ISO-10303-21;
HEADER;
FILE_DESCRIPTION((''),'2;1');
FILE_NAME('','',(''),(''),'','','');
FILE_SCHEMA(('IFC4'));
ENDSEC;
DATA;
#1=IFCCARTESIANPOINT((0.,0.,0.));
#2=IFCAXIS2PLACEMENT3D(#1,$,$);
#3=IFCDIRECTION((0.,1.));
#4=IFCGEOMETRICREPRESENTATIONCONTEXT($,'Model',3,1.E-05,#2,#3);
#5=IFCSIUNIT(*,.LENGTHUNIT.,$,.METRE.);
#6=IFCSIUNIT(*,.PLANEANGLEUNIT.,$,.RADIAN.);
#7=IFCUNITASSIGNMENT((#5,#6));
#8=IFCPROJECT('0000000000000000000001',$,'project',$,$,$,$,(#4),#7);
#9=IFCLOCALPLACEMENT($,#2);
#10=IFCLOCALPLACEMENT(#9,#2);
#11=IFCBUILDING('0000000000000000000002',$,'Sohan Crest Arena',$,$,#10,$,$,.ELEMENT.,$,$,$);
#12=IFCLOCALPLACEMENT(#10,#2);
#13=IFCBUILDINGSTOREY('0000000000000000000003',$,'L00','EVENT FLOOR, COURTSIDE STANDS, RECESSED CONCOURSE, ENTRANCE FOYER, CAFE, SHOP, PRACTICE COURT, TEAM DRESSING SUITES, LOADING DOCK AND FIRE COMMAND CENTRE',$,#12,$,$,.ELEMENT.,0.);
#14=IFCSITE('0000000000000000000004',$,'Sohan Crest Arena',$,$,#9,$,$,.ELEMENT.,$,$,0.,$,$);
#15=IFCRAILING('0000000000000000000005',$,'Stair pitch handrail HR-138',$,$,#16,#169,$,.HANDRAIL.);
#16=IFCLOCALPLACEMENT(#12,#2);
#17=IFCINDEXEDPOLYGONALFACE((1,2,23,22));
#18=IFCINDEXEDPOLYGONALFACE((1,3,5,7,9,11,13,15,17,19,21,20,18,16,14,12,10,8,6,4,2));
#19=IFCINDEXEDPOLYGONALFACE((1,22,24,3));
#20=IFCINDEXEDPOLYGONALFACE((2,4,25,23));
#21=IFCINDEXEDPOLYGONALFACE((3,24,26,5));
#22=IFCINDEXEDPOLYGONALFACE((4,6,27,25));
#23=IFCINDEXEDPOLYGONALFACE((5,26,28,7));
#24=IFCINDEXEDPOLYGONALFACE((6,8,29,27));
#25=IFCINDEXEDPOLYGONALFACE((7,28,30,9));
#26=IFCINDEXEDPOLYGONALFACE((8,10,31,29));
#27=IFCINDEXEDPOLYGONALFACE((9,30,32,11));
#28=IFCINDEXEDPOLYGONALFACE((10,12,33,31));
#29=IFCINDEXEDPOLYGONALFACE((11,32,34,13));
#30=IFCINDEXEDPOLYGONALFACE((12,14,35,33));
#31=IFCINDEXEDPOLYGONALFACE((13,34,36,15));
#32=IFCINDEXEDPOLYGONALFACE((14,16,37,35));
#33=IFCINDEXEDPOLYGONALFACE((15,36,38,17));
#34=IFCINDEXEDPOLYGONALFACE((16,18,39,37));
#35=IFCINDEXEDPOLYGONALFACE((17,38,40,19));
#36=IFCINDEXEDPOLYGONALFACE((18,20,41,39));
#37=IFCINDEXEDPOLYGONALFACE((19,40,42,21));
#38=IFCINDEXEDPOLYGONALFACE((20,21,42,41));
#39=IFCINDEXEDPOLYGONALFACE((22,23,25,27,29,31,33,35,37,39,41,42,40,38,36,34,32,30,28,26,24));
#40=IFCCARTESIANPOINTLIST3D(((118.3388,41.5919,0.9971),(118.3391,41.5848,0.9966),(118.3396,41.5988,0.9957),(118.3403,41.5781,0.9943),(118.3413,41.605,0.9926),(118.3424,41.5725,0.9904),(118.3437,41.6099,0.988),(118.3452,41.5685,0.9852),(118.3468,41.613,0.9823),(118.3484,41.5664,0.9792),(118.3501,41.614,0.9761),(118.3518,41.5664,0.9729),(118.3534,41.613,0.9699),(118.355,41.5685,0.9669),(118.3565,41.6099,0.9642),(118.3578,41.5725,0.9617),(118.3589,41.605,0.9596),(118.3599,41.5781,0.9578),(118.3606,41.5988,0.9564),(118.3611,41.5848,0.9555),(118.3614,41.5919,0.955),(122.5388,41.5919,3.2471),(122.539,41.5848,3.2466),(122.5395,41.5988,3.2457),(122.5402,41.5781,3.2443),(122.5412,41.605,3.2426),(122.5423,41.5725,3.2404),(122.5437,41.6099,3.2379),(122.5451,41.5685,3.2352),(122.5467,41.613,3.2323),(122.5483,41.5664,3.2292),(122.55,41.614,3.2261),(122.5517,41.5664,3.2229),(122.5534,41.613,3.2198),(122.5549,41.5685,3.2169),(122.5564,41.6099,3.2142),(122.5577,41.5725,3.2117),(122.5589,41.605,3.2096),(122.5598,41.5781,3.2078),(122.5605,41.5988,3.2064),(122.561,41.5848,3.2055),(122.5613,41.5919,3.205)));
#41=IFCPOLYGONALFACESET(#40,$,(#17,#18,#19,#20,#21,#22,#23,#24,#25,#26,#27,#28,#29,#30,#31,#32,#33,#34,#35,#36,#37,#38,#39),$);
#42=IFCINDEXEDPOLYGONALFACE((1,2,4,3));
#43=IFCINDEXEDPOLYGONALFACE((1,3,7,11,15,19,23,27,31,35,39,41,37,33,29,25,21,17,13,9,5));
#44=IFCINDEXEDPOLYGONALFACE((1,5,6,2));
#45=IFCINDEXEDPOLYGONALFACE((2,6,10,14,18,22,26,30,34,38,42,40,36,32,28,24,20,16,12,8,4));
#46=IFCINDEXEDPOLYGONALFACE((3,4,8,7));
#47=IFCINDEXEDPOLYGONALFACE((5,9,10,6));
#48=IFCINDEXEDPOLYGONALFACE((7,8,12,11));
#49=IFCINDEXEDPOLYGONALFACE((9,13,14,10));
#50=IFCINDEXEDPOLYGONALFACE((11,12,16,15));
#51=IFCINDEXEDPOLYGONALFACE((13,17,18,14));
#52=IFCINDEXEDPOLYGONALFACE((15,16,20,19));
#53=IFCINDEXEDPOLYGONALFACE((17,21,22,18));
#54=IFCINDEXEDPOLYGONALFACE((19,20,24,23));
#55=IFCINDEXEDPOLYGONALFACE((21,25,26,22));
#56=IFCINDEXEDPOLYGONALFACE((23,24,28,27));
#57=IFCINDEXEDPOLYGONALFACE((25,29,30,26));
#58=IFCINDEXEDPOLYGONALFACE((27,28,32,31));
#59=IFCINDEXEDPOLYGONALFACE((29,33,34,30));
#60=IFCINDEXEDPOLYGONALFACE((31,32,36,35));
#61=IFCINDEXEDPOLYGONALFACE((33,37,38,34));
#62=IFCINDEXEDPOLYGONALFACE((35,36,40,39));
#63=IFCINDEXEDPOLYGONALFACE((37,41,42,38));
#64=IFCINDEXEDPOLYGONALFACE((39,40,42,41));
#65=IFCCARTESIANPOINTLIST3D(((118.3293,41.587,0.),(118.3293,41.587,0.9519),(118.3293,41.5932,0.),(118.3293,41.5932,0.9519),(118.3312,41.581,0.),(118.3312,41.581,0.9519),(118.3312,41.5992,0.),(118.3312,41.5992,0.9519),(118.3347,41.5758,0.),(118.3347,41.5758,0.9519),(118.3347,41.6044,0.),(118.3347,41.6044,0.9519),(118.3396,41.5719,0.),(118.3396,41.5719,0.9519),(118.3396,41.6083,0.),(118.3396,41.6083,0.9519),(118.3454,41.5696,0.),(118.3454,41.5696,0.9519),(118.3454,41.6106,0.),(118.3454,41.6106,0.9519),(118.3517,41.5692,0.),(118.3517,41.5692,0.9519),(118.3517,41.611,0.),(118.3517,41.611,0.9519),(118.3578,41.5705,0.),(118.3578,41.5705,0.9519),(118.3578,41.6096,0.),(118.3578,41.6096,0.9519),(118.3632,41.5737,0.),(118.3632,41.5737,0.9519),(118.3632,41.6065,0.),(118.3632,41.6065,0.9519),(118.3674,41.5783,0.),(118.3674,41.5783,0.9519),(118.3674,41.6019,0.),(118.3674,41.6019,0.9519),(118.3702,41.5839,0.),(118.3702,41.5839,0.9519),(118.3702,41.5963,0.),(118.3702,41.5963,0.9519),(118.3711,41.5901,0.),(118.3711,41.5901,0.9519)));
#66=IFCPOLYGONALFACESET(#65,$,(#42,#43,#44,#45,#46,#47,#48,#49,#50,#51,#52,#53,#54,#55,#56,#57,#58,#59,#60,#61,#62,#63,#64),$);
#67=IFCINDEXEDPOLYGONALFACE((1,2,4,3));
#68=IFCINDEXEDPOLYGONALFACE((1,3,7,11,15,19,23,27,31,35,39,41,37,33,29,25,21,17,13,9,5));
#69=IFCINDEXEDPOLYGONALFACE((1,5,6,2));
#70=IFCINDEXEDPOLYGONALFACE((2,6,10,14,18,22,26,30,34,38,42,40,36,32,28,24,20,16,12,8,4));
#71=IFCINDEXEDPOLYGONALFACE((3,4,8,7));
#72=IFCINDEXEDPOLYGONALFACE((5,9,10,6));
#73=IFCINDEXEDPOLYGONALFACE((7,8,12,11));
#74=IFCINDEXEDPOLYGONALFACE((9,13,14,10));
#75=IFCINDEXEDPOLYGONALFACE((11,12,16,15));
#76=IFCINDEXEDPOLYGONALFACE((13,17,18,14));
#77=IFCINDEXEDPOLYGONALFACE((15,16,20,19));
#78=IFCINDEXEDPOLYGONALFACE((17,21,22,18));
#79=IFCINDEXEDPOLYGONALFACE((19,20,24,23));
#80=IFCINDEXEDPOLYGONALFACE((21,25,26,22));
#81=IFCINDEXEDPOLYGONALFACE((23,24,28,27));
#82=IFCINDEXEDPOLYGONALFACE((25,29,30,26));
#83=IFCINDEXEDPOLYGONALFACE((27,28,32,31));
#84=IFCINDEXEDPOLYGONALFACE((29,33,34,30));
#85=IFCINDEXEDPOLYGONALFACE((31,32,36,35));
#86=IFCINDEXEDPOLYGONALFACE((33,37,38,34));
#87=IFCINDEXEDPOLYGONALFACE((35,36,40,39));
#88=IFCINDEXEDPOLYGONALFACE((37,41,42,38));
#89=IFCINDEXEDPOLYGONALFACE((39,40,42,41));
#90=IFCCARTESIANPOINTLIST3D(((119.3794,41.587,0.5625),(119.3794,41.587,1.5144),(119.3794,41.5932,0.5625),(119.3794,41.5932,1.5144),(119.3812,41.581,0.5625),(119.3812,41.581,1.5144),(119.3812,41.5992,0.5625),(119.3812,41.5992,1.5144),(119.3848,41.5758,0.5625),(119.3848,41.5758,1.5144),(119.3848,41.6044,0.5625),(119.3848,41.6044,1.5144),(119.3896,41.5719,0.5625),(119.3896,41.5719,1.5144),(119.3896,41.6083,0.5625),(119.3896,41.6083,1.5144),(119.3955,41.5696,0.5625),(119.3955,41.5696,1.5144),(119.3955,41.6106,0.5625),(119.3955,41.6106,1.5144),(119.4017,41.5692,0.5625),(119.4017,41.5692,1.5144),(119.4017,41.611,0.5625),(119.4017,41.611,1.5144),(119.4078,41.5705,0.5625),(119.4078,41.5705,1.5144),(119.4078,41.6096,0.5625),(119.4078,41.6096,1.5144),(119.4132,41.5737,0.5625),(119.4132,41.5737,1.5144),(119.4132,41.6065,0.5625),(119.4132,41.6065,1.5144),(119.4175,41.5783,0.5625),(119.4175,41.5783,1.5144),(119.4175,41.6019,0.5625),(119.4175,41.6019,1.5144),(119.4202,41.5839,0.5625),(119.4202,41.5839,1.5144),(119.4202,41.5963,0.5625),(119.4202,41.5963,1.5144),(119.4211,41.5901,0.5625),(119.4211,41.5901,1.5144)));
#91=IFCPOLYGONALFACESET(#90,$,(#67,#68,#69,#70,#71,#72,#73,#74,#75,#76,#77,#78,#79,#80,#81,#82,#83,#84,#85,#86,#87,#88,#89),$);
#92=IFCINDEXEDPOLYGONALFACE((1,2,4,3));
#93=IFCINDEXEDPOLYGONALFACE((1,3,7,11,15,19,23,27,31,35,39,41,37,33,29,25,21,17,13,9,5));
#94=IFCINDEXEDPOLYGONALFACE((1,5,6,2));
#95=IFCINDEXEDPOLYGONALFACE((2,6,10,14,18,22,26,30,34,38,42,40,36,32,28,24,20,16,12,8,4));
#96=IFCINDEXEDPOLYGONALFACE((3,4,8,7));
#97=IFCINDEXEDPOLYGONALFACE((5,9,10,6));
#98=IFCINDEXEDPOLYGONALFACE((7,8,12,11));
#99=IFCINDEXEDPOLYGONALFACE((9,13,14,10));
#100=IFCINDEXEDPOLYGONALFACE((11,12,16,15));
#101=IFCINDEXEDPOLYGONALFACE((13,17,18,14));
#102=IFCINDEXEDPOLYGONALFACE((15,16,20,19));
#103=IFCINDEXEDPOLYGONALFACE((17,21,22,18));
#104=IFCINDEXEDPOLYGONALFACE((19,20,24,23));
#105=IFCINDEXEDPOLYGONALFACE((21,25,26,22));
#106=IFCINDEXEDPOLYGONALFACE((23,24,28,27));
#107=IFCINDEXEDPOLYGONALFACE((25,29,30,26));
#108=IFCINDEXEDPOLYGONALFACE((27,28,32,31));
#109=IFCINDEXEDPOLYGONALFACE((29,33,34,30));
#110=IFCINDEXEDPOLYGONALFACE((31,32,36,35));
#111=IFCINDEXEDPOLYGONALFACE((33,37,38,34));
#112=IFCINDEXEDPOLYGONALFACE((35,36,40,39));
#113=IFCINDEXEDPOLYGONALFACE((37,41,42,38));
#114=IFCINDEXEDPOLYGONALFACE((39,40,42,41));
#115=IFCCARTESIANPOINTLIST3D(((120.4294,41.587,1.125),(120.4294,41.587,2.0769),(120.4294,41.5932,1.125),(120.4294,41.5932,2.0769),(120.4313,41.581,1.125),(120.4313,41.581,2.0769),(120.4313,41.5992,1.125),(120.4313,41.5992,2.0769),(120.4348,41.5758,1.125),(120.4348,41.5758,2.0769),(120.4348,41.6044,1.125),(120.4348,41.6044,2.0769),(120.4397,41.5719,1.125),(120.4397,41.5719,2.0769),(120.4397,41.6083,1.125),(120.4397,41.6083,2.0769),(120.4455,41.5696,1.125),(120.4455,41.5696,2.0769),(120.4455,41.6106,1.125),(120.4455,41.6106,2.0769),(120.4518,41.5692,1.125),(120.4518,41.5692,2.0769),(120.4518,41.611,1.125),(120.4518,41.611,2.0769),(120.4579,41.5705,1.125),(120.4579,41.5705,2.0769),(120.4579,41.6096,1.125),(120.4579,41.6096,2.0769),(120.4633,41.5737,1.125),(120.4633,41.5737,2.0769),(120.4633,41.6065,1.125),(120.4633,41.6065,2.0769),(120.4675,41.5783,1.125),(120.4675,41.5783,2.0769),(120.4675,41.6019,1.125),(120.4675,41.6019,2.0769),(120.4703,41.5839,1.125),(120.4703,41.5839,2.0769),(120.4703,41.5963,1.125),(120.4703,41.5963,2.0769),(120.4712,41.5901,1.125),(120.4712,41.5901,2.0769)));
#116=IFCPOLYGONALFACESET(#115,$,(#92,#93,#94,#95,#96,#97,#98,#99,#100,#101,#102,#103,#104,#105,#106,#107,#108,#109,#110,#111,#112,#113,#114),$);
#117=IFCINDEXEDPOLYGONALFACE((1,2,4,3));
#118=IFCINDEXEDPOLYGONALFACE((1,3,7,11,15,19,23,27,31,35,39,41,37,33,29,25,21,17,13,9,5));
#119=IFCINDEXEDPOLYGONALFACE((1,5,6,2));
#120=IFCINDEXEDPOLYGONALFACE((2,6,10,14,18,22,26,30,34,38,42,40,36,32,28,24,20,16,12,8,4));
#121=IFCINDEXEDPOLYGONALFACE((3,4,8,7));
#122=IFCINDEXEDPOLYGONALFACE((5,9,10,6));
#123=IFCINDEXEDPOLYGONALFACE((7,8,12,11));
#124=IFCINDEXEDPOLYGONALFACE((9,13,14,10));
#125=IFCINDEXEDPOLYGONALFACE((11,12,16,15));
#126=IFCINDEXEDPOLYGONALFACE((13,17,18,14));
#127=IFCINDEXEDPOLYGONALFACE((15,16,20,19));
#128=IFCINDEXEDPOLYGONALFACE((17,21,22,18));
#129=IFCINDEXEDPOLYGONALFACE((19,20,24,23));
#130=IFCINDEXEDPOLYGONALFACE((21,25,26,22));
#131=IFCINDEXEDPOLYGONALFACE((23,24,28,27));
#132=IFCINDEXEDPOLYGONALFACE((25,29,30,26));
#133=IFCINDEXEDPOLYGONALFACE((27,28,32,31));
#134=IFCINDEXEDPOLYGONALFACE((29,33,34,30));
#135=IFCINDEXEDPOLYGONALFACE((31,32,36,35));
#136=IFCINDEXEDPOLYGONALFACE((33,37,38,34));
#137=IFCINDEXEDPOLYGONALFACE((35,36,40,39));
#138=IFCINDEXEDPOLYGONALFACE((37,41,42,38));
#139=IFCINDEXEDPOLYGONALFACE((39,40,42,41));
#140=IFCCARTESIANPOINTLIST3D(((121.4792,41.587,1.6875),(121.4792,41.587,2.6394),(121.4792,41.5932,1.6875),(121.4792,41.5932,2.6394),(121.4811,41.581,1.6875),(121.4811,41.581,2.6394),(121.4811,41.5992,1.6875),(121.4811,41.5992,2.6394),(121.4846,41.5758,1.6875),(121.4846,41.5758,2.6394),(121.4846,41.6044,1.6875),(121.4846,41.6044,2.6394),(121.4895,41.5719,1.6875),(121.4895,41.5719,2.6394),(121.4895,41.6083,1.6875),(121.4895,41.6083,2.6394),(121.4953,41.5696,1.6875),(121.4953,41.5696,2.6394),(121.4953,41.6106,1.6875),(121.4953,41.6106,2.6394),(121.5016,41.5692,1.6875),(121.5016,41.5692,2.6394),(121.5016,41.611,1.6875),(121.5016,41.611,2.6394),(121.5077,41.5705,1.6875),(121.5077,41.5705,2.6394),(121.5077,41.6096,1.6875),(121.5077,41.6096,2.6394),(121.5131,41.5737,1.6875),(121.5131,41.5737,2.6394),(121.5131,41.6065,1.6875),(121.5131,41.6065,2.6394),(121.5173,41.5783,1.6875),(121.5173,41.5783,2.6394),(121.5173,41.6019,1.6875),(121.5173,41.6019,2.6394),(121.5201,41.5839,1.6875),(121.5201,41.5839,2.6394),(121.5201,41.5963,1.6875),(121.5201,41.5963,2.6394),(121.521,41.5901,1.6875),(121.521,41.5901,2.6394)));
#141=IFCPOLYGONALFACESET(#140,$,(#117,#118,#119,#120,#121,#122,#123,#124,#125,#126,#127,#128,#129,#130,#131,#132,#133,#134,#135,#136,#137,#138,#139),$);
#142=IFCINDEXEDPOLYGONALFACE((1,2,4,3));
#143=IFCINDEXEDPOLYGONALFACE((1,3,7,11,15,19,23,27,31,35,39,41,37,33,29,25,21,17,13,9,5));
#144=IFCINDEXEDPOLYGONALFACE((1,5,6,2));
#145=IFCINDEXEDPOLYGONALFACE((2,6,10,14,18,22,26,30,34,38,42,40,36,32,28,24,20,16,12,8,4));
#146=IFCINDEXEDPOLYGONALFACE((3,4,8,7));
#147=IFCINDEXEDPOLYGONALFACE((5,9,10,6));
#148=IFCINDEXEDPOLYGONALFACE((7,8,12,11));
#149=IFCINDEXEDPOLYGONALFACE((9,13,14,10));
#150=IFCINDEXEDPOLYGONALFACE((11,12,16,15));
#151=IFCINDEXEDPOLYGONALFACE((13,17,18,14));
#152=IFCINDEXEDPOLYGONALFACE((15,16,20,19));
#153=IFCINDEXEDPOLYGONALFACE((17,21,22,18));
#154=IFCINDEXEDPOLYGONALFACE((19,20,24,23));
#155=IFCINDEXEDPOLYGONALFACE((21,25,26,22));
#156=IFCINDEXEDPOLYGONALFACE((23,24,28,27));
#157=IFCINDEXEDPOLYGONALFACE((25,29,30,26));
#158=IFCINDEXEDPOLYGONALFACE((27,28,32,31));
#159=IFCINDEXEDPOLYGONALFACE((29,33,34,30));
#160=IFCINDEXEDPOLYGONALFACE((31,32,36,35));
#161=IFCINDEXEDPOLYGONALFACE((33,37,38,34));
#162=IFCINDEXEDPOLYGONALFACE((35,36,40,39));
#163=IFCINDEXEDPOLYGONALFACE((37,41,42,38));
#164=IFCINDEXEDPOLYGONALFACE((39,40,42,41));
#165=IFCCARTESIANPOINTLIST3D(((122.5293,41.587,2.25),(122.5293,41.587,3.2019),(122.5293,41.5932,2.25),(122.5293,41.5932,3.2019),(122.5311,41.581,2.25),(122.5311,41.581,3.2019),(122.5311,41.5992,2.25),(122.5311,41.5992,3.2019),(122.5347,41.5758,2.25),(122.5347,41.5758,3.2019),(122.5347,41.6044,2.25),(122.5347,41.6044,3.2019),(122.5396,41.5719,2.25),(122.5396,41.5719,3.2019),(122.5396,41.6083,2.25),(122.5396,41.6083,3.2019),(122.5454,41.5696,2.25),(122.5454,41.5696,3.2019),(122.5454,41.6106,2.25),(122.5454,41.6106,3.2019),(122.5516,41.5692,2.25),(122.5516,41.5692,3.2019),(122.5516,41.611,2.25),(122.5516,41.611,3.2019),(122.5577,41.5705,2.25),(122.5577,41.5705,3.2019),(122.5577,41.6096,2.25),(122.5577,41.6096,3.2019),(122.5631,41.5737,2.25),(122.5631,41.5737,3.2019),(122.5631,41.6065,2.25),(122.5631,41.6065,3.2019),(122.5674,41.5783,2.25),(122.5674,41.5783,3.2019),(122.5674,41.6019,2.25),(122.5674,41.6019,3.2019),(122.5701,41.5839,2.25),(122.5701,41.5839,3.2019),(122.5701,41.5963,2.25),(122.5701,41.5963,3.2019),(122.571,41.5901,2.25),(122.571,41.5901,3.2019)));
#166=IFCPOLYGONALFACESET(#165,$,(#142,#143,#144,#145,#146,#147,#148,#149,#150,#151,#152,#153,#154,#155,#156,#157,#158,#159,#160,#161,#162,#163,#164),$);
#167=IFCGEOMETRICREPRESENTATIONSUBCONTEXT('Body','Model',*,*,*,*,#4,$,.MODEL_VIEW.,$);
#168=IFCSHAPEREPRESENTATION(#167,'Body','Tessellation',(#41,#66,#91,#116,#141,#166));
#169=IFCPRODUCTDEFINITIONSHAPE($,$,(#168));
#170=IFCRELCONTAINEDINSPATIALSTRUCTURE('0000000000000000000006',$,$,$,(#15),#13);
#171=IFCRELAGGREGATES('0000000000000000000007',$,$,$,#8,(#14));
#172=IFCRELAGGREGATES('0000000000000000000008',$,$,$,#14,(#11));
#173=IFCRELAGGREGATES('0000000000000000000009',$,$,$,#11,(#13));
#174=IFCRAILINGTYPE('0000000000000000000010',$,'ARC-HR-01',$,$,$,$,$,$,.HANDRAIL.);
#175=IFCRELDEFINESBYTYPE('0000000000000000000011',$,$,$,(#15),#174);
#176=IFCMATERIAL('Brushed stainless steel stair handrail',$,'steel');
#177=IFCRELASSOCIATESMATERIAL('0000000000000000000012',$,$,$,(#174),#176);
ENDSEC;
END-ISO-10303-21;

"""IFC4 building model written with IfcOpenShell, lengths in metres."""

from ifc_helpers import new_model, si_unit, direction, frame, origin, origin_2d, place, context, subcontext, project, spatial, circle, extrude, material, type_object, element, save


model = new_model("IFC4")

# Units and contexts
model_context = context("Model", 3, precision=1e-05, world=origin(), true_north=direction((0.0, 1.0)))
body_context = subcontext(model_context, "Body", "Model", "MODEL_VIEW")
ifc_project = project(units=[si_unit("LENGTHUNIT", "METRE"), si_unit("PLANEANGLEUNIT", "RADIAN")], contexts=[model_context])

# Site, building, storey
site_placement = place(None, origin())
site = spatial("IfcSite", under=ifc_project, at=site_placement, Name="Sohan Crest Arena", CompositionType="ELEMENT", RefElevation=0.0)
building_placement = place(site_placement, origin())
building = spatial("IfcBuilding", under=site, at=building_placement, Name="Sohan Crest Arena", CompositionType="ELEMENT")
storey_placement = place(building_placement, origin())
storey = spatial("IfcBuildingStorey", under=building, at=storey_placement, Name="L00", Description="EVENT FLOOR, COURTSIDE STANDS, RECESSED CONCOURSE, ENTRANCE FOYER, CAFE, SHOP, PRACTICE COURT, TEAM DRESSING SUITES, LOADING DOCK AND FIRE COMMAND CENTRE", CompositionType="ELEMENT", Elevation=0.0)

# Railing
ifc_material_1 = material(Name="Brushed stainless steel stair handrail", Category="steel")
railing_type_1 = type_object("IfcRailingType", Name="ARC-HR-01", PredefinedType="HANDRAIL", material=ifc_material_1)
railing_1_placement = place(storey_placement, frame((118.3501, 41.5901, 0.0)))
element("IfcRailing", 1, at=railing_1_placement, inside=storey, type_object=railing_type_1, Name="Stair pitch handrail HR-138", PredefinedType="HANDRAIL", context=body_context, shape_type="SweptSolid", body=[
    extrude(circle(Radius=0.0239, at=origin_2d()), frame((0.0, 0.0, 0.9761), z_axis=(0.881478, 0.0, 0.472226), x_axis=(0.0, 1.0, 0.0)), (0.0, 0.0, 1.0), 4.7646),
    extrude(circle(Radius=0.021, at=origin_2d()), origin(), (0.0, 0.0, 1.0), 0.9519),
    extrude(circle(Radius=0.021, at=origin_2d()), frame((1.05, 0.0, 0.5625)), (0.0, 0.0, 1.0), 0.9519),
    extrude(circle(Radius=0.021, at=origin_2d()), frame((2.1001, 0.0, 1.125)), (0.0, 0.0, 1.0), 0.9519),
    extrude(circle(Radius=0.021, at=origin_2d()), frame((3.1499, 0.0, 1.6875)), (0.0, 0.0, 1.0), 0.9519),
    extrude(circle(Radius=0.021, at=origin_2d()), frame((4.2, 0.0, 2.25)), (0.0, 0.0, 1.0), 0.9519),
])

save(model, "model.ifc")
